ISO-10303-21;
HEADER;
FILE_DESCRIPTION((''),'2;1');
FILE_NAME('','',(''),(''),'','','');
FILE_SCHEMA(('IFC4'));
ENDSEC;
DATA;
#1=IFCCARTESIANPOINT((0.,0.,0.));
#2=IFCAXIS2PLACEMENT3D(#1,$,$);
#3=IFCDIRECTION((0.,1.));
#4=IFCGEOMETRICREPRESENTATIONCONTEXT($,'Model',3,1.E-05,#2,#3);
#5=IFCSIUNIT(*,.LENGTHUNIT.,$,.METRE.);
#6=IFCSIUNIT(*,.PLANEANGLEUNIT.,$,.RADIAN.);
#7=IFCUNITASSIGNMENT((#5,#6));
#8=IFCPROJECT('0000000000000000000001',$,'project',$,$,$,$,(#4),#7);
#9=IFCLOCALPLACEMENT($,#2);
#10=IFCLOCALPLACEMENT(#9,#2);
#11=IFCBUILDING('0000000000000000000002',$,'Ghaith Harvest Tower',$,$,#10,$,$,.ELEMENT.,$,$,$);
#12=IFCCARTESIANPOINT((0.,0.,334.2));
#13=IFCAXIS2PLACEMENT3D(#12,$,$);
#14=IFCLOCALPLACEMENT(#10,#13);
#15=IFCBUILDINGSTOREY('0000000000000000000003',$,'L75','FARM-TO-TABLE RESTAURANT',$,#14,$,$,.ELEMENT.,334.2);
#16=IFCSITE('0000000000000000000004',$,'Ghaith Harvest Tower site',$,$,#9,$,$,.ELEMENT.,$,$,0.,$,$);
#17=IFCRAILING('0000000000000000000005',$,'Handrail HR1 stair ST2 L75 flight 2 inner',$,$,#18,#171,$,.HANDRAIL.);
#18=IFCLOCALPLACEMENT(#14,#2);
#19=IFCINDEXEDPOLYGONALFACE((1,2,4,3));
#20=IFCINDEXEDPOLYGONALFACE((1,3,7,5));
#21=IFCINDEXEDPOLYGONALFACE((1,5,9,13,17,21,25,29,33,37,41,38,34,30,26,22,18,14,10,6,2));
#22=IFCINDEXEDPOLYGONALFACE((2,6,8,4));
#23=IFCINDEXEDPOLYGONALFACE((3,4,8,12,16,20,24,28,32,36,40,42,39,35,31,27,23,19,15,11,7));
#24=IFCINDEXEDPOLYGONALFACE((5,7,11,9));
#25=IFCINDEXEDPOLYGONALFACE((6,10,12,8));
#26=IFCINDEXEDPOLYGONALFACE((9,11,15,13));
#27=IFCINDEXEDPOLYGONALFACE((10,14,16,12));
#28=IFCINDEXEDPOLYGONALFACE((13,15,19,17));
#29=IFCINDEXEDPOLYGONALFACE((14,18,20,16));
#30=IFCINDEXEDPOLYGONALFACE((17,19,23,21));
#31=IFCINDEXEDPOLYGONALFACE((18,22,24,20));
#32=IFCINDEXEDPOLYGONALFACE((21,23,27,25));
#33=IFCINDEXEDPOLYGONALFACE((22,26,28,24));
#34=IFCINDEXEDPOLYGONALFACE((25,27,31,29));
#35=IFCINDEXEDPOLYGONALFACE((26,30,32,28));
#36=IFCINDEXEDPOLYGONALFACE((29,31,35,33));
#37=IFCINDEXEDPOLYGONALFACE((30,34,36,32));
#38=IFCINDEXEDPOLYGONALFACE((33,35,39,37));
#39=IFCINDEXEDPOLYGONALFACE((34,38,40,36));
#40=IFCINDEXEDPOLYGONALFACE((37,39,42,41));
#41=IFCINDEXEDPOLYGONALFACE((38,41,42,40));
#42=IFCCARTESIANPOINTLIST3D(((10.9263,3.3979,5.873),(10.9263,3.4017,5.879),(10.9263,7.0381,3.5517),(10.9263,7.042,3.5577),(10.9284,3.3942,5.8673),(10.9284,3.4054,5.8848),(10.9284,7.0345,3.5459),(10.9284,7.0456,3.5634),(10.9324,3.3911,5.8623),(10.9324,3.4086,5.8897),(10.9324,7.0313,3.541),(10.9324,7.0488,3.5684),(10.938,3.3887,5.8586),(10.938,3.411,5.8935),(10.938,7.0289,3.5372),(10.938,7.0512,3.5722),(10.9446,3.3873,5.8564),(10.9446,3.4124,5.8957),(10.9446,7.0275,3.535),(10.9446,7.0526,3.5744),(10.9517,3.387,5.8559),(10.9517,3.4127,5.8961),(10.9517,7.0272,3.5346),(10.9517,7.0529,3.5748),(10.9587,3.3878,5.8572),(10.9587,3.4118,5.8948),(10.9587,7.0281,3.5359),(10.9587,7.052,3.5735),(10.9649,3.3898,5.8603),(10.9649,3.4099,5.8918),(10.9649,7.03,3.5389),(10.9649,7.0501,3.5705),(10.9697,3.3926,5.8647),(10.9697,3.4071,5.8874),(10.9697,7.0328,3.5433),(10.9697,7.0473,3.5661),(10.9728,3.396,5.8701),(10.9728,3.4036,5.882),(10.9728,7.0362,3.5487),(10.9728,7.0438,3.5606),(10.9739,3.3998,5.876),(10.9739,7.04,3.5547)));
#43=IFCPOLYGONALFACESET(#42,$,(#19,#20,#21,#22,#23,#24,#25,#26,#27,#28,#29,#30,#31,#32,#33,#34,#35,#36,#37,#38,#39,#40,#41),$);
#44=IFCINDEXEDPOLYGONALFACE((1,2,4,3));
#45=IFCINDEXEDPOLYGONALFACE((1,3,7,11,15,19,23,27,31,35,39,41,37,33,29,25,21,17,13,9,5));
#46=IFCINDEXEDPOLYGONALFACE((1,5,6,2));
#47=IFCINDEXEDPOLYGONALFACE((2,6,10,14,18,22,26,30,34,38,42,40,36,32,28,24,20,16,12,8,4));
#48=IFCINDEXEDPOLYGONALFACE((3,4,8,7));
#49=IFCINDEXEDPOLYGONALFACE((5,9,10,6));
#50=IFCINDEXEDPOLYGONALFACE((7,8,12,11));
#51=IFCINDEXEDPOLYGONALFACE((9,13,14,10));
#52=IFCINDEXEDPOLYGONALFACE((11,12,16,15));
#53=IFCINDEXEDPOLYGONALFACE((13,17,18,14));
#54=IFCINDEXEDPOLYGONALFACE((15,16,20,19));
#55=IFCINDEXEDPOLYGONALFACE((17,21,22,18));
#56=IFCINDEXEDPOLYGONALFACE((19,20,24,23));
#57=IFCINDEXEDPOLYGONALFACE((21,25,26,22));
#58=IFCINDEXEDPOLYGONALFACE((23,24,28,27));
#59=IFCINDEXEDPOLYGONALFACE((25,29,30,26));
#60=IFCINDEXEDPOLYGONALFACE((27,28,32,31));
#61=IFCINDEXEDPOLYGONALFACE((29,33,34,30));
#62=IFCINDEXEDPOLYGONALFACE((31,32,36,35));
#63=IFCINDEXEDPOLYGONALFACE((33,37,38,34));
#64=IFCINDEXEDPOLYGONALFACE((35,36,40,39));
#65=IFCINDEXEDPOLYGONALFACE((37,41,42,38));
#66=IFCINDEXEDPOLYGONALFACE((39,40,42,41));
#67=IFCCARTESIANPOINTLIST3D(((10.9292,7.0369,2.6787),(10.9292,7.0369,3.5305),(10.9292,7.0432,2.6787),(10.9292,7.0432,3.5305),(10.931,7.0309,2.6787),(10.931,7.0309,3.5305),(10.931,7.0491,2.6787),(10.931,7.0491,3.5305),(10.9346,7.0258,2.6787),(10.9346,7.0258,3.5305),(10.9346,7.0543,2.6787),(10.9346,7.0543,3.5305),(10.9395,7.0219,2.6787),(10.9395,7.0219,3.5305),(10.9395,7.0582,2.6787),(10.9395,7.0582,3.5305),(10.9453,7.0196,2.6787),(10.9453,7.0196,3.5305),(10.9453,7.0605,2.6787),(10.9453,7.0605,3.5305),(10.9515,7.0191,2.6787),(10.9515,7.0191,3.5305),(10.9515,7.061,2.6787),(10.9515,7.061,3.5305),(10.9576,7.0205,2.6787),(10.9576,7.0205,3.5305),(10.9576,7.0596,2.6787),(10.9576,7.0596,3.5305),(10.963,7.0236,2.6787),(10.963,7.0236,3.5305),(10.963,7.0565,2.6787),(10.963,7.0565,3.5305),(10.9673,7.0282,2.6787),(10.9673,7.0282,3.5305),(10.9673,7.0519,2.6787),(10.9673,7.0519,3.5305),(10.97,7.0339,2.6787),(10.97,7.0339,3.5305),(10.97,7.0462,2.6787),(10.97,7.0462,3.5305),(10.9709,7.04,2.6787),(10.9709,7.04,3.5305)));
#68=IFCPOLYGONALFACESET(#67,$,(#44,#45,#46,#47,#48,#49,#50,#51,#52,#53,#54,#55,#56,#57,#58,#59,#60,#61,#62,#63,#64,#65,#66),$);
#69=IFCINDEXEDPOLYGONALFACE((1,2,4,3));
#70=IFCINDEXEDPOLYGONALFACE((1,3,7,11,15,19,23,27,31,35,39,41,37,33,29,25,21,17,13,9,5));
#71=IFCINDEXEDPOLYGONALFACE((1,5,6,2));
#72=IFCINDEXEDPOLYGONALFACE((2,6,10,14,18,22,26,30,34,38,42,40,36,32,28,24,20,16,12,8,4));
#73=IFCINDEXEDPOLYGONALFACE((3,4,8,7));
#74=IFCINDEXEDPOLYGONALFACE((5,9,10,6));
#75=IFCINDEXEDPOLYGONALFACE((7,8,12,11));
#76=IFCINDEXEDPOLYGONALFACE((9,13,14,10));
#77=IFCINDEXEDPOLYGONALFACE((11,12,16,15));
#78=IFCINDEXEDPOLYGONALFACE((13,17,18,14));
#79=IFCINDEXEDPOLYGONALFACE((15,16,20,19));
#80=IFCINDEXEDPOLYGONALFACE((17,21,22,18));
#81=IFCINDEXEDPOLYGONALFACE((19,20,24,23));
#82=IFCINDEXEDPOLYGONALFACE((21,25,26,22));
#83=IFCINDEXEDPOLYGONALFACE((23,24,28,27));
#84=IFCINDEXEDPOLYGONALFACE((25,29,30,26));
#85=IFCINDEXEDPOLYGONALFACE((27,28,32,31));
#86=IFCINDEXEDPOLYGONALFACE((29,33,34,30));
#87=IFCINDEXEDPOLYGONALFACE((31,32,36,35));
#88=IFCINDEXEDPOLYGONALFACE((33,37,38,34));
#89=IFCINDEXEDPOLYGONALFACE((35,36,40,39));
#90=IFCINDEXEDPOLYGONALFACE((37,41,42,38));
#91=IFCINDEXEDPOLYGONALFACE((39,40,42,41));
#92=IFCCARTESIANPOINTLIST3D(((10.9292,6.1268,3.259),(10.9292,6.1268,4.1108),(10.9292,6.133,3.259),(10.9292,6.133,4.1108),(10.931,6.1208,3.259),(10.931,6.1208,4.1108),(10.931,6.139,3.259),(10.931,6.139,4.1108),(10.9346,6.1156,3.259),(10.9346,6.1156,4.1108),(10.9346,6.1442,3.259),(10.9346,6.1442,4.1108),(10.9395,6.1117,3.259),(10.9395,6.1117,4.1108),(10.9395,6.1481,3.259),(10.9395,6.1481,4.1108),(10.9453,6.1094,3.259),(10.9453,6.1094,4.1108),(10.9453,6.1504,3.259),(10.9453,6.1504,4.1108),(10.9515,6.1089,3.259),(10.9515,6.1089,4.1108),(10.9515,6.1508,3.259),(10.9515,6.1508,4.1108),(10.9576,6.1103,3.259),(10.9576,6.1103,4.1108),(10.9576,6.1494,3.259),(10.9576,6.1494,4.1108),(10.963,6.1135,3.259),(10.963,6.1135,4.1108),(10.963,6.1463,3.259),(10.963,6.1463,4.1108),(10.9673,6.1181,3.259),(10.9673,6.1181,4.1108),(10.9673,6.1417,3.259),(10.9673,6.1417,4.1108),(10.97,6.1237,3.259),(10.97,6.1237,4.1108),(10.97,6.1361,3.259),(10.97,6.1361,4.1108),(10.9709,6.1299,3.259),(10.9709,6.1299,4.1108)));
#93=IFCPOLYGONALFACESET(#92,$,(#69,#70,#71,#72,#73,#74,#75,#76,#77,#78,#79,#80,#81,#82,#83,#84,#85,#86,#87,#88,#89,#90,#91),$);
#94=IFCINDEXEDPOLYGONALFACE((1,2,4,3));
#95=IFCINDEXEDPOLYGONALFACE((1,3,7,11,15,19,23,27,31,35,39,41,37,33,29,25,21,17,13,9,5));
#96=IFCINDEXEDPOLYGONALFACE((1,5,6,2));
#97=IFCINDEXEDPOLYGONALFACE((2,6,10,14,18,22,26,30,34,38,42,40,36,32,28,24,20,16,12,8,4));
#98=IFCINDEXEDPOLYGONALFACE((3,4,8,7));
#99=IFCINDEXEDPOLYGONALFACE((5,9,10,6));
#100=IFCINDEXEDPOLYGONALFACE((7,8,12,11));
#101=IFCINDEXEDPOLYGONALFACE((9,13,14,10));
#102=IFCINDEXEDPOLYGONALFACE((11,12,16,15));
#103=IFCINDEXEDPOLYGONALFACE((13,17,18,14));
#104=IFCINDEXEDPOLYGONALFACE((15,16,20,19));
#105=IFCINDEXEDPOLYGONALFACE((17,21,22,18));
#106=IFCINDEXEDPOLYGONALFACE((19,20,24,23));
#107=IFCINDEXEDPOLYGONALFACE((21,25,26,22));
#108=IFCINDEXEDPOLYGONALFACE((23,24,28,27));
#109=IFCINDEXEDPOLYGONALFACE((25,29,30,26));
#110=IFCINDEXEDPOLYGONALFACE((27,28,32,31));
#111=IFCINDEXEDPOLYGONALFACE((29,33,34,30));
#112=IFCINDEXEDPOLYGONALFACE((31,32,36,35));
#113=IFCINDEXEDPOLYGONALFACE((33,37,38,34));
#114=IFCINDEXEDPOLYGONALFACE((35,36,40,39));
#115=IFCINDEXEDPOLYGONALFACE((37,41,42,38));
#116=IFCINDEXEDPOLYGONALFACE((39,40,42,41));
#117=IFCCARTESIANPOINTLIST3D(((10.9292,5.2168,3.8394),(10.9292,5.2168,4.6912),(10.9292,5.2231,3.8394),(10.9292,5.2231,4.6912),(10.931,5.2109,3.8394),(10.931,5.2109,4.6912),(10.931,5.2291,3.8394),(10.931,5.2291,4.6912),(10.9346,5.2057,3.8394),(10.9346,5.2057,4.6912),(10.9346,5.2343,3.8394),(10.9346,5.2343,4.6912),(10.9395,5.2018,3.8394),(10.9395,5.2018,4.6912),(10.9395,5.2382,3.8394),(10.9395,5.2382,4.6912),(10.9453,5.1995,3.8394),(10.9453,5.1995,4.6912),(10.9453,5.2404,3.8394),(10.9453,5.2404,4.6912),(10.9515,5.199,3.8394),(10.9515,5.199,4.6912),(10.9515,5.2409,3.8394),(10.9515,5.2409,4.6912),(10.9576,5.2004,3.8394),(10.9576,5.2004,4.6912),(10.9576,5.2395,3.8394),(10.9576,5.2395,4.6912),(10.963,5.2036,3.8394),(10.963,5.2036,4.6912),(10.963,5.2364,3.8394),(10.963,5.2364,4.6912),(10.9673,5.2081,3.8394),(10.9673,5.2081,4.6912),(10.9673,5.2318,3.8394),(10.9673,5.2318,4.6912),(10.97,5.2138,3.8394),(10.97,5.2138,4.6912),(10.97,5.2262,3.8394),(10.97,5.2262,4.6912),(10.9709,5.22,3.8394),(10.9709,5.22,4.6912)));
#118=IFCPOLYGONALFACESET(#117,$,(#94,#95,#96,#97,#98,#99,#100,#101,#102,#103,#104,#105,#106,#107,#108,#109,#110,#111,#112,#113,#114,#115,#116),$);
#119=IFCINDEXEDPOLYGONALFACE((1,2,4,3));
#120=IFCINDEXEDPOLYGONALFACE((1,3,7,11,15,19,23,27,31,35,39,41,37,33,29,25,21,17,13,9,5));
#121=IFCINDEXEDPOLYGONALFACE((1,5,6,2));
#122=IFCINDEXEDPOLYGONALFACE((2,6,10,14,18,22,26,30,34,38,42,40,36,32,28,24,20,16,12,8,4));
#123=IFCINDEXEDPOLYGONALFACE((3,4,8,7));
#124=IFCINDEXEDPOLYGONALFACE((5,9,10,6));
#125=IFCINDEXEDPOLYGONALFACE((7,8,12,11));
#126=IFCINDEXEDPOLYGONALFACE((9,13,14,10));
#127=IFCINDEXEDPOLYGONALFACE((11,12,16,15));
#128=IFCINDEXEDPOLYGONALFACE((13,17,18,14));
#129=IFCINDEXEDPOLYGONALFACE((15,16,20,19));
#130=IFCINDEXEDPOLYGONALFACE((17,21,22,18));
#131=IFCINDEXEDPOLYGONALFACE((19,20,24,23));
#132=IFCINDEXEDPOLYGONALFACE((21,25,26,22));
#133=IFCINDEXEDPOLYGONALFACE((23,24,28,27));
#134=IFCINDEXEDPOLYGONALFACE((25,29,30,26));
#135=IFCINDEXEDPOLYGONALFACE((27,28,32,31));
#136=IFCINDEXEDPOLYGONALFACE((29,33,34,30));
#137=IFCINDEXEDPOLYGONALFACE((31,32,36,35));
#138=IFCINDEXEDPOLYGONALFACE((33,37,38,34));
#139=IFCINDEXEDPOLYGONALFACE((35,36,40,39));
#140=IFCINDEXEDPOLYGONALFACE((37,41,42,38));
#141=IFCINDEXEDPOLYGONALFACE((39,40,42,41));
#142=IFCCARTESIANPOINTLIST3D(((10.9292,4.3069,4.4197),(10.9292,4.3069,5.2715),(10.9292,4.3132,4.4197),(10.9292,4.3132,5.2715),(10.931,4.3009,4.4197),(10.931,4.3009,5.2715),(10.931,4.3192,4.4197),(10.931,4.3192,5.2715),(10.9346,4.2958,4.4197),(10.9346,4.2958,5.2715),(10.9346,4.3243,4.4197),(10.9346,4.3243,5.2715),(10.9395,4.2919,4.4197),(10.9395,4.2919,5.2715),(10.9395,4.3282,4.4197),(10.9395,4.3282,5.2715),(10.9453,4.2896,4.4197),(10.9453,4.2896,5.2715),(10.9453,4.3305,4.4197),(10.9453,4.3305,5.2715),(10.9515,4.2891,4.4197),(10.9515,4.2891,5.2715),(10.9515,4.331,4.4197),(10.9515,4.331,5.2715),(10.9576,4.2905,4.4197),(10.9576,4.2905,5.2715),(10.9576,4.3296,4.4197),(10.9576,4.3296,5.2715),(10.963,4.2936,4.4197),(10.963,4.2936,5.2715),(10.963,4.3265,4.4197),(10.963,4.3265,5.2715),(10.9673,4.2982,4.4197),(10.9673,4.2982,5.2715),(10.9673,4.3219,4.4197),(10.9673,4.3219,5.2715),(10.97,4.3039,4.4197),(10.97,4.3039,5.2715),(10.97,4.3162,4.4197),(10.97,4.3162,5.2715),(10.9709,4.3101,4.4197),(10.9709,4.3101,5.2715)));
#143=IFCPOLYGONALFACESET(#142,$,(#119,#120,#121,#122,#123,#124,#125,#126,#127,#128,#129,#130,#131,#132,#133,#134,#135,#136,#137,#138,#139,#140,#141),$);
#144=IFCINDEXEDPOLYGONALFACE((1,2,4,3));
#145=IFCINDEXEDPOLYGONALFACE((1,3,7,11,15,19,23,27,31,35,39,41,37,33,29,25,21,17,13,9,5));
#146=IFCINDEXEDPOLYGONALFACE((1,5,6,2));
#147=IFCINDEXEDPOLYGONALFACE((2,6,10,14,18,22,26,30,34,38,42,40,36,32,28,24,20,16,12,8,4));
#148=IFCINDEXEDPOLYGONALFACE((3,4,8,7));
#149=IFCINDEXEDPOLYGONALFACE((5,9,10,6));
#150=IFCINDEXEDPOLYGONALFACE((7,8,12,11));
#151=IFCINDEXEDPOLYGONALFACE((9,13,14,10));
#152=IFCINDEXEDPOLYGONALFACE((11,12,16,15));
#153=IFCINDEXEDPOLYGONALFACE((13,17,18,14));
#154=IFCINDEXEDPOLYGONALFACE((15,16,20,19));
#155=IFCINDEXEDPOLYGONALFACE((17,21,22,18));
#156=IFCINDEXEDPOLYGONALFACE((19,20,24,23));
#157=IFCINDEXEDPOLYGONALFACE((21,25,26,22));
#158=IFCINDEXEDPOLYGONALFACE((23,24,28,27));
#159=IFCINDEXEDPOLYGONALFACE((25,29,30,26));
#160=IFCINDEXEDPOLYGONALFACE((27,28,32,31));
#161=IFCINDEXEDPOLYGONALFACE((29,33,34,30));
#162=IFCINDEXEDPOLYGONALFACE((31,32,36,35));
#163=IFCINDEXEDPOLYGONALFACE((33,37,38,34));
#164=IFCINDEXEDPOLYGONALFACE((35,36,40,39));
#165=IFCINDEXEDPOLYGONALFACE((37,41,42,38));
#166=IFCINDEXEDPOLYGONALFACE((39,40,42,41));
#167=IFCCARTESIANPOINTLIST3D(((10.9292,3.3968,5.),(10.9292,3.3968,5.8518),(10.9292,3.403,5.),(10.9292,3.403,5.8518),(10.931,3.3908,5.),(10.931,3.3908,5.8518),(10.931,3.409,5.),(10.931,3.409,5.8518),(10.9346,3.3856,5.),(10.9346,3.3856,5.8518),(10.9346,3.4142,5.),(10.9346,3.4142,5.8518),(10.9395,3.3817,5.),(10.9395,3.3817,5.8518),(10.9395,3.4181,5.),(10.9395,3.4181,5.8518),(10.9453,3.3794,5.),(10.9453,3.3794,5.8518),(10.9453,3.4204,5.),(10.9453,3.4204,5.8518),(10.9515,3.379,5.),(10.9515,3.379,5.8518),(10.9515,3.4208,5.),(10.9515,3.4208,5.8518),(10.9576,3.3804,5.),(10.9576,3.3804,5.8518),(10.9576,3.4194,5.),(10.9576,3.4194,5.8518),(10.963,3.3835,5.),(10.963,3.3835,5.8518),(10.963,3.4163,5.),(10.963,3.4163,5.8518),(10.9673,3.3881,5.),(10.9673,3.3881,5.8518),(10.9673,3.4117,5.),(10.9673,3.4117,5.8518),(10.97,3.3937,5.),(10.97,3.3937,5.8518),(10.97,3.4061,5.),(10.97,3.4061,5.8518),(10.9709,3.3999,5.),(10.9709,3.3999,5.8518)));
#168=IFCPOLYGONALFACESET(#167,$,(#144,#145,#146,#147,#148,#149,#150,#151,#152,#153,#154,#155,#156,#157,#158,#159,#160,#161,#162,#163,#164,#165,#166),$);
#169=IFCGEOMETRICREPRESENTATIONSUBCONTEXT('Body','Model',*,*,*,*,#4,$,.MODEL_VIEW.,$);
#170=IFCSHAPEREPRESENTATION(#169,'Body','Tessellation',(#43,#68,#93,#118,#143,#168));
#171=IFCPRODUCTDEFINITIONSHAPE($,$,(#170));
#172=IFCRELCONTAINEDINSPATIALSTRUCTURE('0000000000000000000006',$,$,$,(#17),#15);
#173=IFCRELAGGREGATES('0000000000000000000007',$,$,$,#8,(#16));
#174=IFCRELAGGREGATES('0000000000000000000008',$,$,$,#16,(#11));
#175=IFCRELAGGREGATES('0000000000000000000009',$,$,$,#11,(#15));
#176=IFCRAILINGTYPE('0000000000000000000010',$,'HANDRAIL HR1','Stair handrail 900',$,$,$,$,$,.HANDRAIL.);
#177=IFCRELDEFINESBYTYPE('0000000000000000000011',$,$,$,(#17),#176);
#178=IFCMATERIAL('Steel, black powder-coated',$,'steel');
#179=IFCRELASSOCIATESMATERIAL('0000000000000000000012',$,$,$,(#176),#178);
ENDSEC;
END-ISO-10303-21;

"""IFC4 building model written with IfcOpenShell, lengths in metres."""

from ifc_helpers import new_model, si_unit, direction, frame, origin, origin_2d, place, context, subcontext, project, spatial, circle, extrude, material, type_object, element, save


model = new_model("IFC4")

# Units and contexts
model_context = context("Model", 3, precision=1e-05, world=origin(), true_north=direction((0.0, 1.0)))
body_context = subcontext(model_context, "Body", "Model", "MODEL_VIEW")
ifc_project = project(units=[si_unit("LENGTHUNIT", "METRE"), si_unit("PLANEANGLEUNIT", "RADIAN")], contexts=[model_context])

# Site, building, storey
site_placement = place(None, origin())
site = spatial("IfcSite", under=ifc_project, at=site_placement, Name="Ghaith Harvest Tower site", CompositionType="ELEMENT", RefElevation=0.0)
building_placement = place(site_placement, origin())
building = spatial("IfcBuilding", under=site, at=building_placement, Name="Ghaith Harvest Tower", CompositionType="ELEMENT")
storey_placement = place(building_placement, frame((0.0, 0.0, 334.2)))
storey = spatial("IfcBuildingStorey", under=building, at=storey_placement, Name="L75", Description="FARM-TO-TABLE RESTAURANT", CompositionType="ELEMENT", Elevation=334.2)

# Railing
ifc_material_1 = material(Name="Steel, black powder-coated", Category="steel")
railing_type = type_object("IfcRailingType", Name="HANDRAIL HR1", Description="Stair handrail 900", PredefinedType="HANDRAIL", material=ifc_material_1)
railing_1_placement = place(storey_placement, frame((10.95, 7.04, 2.6787)))
element("IfcRailing", 1, at=railing_1_placement, inside=storey, type_object=railing_type, Name="Handrail HR1 stair ST2 L75 flight 2 inner", PredefinedType="HANDRAIL", context=body_context, shape_type="SweptSolid", body=[
    extrude(circle(Radius=0.0239, at=origin_2d()), frame((0.0, 0.0, 0.876), z_axis=(0.0, -0.843153, 0.537673), x_axis=(1.0, 0.0, 0.0)), (0.0, 0.0, 1.0), 4.3174),
    extrude(circle(Radius=0.021, at=origin_2d()), origin(), (0.0, 0.0, 1.0), 0.8518),
    extrude(circle(Radius=0.021, at=origin_2d()), frame((0.0, -0.9102, 0.5803)), (0.0, 0.0, 1.0), 0.8518),
    extrude(circle(Radius=0.021, at=origin_2d()), frame((0.0, -1.8201, 1.1606)), (0.0, 0.0, 1.0), 0.8518),
    extrude(circle(Radius=0.021, at=origin_2d()), frame((0.0, -2.73, 1.741)), (0.0, 0.0, 1.0), 0.8518),
    extrude(circle(Radius=0.021, at=origin_2d()), frame((0.0, -3.6401, 2.3213)), (0.0, 0.0, 1.0), 0.8518),
])

save(model, "model.ifc")
